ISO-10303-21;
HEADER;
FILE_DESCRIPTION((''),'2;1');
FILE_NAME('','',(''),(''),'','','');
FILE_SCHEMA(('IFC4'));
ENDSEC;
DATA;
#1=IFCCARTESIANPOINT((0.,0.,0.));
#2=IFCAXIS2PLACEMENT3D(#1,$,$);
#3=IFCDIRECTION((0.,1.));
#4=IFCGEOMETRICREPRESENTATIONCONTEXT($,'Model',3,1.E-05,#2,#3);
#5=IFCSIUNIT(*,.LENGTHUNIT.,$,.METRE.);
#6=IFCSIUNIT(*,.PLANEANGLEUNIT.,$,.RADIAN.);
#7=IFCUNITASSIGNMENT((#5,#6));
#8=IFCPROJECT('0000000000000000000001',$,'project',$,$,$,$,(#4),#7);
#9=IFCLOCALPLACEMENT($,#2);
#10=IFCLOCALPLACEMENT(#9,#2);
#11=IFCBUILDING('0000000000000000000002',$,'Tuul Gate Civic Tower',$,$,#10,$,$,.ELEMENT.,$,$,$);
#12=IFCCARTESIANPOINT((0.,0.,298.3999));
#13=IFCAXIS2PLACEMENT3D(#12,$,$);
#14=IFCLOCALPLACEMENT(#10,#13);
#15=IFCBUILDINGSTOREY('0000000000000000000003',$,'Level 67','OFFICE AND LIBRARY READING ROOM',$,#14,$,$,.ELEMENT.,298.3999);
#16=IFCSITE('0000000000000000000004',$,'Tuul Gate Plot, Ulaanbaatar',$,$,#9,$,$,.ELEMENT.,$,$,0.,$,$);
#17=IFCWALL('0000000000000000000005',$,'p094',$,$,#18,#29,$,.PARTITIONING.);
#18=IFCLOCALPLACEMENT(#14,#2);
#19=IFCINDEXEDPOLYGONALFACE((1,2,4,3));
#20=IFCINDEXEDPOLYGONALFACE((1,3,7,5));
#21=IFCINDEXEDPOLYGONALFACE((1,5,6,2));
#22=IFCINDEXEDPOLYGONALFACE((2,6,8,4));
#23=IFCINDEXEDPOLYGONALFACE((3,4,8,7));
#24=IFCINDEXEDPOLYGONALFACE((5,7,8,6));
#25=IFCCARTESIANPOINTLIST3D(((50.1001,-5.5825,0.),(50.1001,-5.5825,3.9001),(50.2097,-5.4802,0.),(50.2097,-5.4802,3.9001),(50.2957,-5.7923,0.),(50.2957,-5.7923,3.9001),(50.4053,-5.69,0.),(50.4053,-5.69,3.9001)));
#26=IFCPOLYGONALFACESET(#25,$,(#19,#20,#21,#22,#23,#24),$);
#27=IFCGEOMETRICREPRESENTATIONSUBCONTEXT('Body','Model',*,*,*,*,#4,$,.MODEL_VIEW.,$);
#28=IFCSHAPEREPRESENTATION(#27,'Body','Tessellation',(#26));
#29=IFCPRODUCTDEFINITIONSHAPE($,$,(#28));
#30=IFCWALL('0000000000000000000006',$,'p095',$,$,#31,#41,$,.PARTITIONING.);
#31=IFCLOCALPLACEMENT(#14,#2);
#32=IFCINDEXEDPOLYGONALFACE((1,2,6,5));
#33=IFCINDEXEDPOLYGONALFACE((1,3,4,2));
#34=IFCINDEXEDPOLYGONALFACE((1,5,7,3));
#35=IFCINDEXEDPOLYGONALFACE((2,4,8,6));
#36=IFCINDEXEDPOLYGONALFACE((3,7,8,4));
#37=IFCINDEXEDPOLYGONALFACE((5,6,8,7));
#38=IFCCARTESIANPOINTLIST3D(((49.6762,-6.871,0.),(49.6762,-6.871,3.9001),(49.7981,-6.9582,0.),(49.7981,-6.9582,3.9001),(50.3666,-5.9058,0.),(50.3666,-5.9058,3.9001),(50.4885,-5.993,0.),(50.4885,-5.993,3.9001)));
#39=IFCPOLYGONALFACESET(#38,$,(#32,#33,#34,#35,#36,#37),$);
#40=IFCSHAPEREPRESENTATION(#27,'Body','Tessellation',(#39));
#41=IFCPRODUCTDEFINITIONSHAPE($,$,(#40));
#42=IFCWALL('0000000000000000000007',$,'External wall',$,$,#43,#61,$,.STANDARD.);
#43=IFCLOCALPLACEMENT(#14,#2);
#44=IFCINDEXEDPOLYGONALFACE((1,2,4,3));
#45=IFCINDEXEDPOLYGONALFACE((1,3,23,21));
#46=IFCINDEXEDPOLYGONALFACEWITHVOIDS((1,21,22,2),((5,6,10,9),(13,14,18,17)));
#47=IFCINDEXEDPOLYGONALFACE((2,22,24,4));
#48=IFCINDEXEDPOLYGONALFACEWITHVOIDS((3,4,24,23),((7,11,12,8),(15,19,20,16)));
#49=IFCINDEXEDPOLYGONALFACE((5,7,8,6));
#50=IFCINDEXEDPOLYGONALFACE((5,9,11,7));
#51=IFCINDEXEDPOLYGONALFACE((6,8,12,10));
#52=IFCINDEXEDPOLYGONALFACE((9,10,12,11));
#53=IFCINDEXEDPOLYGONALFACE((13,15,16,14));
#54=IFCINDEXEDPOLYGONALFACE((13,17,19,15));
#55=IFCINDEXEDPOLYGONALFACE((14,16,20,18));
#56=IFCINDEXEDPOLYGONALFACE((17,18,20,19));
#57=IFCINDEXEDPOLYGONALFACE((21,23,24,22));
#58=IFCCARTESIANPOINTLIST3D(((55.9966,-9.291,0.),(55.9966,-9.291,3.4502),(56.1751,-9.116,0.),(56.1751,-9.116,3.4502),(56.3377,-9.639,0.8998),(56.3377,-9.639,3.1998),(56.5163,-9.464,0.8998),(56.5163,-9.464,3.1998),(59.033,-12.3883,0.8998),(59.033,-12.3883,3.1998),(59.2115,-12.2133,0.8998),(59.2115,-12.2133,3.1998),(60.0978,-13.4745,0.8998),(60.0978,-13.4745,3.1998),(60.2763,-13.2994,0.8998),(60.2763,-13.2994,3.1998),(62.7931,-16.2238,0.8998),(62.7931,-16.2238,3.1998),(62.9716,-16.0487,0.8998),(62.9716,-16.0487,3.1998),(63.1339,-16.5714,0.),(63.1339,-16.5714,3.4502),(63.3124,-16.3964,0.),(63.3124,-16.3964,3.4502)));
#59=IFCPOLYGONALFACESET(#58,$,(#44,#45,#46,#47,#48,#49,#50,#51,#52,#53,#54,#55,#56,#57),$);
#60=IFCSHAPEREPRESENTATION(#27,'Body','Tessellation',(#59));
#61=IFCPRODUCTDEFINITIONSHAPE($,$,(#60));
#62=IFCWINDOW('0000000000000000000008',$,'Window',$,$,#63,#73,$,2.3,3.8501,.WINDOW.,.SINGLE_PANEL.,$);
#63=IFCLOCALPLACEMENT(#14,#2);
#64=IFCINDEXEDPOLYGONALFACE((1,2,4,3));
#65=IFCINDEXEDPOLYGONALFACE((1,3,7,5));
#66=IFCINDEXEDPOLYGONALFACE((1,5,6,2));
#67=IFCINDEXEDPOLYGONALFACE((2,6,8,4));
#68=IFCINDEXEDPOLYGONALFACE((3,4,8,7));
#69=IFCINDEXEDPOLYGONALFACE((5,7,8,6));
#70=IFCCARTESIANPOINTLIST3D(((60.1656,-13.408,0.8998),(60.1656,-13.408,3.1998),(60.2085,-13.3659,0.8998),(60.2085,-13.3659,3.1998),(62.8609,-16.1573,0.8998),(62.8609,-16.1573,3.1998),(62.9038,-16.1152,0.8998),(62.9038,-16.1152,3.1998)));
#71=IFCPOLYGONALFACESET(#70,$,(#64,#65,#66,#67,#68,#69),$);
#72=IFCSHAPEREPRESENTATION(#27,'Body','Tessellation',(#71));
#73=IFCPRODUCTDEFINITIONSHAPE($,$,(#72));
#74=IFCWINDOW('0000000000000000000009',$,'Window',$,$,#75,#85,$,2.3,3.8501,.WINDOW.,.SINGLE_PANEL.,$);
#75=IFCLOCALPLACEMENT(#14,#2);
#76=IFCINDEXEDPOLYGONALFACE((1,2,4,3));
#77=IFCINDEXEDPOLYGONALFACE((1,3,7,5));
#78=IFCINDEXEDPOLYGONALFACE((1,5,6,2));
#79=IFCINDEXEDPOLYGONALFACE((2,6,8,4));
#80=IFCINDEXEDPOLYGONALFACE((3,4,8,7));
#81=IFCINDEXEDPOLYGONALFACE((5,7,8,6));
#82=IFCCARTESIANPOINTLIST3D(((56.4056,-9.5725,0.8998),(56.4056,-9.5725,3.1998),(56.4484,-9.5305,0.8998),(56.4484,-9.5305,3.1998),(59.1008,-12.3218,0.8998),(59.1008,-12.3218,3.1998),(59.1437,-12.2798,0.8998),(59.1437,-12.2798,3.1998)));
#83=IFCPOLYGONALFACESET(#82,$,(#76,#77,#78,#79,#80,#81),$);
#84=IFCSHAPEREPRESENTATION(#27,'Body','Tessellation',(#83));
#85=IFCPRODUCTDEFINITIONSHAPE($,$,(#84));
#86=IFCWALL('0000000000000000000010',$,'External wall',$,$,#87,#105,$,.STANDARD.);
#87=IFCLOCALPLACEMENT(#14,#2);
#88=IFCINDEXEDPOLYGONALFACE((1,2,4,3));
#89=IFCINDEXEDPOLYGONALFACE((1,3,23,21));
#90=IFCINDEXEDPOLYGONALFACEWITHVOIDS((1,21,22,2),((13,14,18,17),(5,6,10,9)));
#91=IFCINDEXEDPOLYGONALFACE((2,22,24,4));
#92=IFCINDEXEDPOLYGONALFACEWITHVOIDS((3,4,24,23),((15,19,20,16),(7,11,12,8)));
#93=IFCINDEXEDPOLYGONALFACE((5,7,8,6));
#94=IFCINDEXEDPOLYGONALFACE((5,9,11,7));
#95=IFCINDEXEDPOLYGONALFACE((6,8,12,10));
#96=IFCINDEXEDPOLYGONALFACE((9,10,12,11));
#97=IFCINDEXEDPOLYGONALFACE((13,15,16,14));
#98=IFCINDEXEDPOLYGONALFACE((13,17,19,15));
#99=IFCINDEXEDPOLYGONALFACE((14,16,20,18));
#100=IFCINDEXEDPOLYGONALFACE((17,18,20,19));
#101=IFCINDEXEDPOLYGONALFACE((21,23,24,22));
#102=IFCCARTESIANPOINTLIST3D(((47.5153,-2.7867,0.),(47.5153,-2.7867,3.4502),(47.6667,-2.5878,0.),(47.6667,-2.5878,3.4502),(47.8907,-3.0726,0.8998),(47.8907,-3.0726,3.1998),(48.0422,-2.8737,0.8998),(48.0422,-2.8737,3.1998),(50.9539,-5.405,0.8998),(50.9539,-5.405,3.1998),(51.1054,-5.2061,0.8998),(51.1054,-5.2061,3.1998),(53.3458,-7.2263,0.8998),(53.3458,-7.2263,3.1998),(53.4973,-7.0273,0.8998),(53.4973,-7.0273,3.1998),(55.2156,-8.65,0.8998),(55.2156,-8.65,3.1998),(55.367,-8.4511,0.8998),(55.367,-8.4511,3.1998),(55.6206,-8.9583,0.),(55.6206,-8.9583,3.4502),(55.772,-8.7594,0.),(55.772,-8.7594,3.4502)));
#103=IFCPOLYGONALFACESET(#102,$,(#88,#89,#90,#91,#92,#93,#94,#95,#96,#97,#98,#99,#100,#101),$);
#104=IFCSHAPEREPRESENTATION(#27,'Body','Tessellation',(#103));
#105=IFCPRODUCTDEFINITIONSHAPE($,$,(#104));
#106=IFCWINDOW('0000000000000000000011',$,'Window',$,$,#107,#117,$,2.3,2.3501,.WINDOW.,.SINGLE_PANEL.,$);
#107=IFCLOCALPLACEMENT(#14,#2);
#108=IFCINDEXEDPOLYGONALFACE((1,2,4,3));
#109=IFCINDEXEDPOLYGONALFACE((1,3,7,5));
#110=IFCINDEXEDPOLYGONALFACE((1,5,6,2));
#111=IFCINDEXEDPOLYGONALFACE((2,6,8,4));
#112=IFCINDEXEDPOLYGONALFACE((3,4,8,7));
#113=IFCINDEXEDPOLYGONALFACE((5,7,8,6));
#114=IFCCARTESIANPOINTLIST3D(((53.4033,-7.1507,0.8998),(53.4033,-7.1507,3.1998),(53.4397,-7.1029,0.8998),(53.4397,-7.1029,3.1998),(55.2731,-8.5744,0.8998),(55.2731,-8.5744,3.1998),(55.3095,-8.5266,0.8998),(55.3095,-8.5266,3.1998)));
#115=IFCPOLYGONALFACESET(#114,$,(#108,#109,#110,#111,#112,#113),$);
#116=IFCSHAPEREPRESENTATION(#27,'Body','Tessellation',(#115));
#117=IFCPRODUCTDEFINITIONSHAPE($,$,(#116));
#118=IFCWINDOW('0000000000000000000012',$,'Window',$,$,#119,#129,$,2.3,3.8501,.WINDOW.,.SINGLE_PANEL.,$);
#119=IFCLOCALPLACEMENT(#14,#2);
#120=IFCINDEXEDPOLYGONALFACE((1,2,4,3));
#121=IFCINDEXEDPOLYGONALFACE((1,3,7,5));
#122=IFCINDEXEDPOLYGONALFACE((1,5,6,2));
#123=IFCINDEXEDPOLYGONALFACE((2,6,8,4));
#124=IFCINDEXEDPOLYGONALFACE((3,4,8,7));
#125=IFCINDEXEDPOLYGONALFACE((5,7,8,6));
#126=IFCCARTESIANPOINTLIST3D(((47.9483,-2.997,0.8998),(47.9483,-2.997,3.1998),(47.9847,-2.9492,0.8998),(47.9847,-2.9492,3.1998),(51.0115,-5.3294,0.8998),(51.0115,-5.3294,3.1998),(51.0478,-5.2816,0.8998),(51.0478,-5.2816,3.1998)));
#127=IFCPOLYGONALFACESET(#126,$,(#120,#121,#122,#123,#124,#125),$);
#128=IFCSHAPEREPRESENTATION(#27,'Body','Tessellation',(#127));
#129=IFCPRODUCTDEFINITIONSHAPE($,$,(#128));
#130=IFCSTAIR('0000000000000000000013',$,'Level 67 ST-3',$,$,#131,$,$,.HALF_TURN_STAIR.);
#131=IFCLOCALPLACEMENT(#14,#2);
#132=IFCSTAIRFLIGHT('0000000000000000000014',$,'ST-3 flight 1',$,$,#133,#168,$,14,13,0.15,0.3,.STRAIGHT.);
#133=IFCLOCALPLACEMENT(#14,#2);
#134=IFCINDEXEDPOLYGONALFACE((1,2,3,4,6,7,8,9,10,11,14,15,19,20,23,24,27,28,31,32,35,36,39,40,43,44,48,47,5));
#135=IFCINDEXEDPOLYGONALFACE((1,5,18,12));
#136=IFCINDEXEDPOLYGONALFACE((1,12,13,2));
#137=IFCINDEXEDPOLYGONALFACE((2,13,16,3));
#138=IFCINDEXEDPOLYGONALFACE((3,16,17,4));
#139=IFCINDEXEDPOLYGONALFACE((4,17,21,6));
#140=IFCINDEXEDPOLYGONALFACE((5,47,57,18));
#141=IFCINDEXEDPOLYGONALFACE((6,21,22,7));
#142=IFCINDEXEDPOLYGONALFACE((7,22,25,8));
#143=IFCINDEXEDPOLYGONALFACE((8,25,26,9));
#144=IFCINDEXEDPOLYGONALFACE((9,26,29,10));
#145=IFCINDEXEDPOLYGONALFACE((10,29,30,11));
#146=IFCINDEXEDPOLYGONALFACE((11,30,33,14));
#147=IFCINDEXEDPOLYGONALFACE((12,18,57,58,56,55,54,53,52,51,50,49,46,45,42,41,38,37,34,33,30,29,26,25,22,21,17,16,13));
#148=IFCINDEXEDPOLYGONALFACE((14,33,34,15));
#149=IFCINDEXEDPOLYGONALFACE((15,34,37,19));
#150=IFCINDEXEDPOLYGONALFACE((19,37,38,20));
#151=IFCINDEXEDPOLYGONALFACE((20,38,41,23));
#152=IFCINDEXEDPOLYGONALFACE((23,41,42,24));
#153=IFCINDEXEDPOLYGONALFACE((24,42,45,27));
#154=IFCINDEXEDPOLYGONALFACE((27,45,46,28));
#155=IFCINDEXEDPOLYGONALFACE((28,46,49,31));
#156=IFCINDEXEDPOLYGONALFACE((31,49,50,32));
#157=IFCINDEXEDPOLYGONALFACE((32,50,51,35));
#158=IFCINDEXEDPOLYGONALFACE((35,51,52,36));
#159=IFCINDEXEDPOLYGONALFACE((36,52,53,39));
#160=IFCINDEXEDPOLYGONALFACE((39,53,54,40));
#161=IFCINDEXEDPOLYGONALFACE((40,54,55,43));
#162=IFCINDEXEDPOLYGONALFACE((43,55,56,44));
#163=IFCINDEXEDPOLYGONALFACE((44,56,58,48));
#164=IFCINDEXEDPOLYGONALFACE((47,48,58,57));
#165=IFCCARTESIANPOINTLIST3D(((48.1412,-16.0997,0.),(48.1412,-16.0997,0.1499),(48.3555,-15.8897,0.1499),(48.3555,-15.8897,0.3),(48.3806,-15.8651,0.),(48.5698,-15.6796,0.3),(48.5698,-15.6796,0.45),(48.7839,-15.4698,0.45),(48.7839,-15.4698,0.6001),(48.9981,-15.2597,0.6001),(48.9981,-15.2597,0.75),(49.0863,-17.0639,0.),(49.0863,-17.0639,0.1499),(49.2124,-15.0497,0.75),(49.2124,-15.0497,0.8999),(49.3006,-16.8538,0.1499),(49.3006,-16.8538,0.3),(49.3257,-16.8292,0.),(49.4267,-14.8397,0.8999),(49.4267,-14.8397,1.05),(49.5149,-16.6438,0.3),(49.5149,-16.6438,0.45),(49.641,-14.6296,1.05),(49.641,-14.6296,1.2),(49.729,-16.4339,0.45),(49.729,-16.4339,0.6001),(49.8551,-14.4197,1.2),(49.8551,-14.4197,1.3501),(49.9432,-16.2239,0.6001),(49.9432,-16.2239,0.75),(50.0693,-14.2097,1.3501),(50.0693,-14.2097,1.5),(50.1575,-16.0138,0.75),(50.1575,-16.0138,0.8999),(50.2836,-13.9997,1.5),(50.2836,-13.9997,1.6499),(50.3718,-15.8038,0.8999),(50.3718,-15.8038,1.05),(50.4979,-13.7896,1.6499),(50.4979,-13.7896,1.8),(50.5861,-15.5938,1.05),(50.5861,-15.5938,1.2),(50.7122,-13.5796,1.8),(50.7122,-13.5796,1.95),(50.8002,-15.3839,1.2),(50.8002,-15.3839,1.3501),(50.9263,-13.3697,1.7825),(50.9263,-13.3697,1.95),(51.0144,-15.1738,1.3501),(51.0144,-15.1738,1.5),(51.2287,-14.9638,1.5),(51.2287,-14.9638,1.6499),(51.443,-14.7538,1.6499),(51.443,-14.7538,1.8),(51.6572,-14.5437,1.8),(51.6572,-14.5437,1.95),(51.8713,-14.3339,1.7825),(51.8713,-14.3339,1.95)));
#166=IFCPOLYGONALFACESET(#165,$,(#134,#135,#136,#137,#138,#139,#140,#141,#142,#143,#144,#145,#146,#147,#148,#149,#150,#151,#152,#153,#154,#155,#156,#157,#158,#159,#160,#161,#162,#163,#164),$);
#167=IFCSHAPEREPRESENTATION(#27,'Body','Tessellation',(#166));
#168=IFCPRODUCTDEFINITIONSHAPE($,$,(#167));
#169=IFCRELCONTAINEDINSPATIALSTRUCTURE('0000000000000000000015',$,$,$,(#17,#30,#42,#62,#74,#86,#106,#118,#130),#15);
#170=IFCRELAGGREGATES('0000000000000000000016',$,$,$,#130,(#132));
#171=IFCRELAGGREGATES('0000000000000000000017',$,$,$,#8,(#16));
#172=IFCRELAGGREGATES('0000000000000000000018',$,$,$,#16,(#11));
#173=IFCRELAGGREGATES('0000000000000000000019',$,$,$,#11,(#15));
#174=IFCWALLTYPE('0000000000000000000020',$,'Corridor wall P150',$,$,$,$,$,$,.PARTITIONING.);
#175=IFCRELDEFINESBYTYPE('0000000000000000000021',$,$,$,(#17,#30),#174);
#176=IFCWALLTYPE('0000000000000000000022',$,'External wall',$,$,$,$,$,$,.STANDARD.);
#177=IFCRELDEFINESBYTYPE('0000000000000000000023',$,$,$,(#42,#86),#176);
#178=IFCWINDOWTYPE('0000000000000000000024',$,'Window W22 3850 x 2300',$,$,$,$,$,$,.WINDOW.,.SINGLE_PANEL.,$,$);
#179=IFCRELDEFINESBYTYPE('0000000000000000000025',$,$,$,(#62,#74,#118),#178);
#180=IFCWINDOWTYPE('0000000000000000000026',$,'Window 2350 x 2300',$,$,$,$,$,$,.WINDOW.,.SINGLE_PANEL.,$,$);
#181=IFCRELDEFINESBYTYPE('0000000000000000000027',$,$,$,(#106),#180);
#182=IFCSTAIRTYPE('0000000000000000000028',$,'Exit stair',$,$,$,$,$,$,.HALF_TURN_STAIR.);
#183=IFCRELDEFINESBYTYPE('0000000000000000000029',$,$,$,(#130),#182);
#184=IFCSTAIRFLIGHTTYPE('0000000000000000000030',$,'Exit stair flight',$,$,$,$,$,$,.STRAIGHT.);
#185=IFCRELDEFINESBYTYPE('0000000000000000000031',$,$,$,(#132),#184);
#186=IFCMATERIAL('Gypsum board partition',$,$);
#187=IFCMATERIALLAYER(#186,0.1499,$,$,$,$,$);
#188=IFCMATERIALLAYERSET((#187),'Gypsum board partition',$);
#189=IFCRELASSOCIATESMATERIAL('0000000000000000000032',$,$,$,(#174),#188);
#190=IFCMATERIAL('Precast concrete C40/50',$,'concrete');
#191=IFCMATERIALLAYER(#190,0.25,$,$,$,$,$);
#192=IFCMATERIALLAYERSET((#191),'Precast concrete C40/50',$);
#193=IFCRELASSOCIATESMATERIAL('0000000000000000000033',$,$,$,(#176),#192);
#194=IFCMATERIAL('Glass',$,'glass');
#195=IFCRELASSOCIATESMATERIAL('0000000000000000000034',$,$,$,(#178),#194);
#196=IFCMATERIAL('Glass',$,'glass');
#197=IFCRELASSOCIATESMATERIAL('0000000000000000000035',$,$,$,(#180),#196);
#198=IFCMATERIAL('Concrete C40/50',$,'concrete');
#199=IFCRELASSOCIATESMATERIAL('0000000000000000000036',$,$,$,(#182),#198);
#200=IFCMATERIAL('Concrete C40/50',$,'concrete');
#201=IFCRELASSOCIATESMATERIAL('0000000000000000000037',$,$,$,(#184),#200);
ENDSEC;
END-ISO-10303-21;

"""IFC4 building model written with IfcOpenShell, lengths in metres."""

from ifc_helpers import new_model, si_unit, direction, frame, frame_2d, origin, place, context, subcontext, project, spatial, polyline, rectangle, outline, extrude, material, layer, layer_set, type_object, element, fill, aggregate, save


model = new_model("IFC4")

# Units and contexts
model_context = context("Model", 3, precision=1e-05, world=origin(), true_north=direction((0.0, 1.0)))
body_context = subcontext(model_context, "Body", "Model", "MODEL_VIEW")
ifc_project = project(units=[si_unit("LENGTHUNIT", "METRE"), si_unit("PLANEANGLEUNIT", "RADIAN")], contexts=[model_context])

# Site, building, storey
site_placement = place(None, origin())
site = spatial("IfcSite", under=ifc_project, at=site_placement, Name="Tuul Gate Plot, Ulaanbaatar", CompositionType="ELEMENT", RefElevation=0.0)
building_placement = place(site_placement, origin())
building = spatial("IfcBuilding", under=site, at=building_placement, Name="Tuul Gate Civic Tower", CompositionType="ELEMENT")
storey_placement = place(building_placement, frame((0.0, 0.0, 298.3999)))
storey = spatial("IfcBuildingStorey", under=building, at=storey_placement, Name="Level 67", Description="OFFICE AND LIBRARY READING ROOM", CompositionType="ELEMENT", Elevation=298.3999)

# Walls
ifc_material_1 = material(Name="Gypsum board partition")
ifc_layer_1 = layer(ifc_material_1, 0.1499)
ifc_layer_set_1 = layer_set([ifc_layer_1], Name="Gypsum board partition")
wall_type_1 = type_object("IfcWallType", Name="Corridor wall P150", PredefinedType="PARTITIONING", material=ifc_layer_set_1)
wall_1_placement = place(storey_placement, frame((50.1548, -5.5312, 0.0), z_axis=(0.0, 0.0, 1.0), x_axis=(0.681984, -0.731367, 0.0)))
element("IfcWall", 1, at=wall_1_placement, inside=storey, type_object=wall_type_1, Name="p094", PredefinedType="PARTITIONING", context=body_context, shape_type="SweptSolid", body=[
    extrude(rectangle(XDim=0.2869, YDim=0.1499, at=frame_2d((0.1436, 0.0))), origin(), (0.0, 0.0, 1.0), 3.9001),
])
wall_2_placement = place(storey_placement, frame((50.4275, -5.9495, 0.0), z_axis=(0.0, 0.0, 1.0), x_axis=(-0.581744, -0.813372, 0.0)))
element("IfcWall", 2, at=wall_2_placement, inside=storey, type_object=wall_type_1, Name="p095", PredefinedType="PARTITIONING", context=body_context, shape_type="SweptSolid", body=[
    extrude(rectangle(XDim=1.1868, YDim=0.1499, at=frame_2d((0.5933, 0.0))), origin(), (0.0, 0.0, 1.0), 3.9001),
])

# Walls, openings, windows
ifc_material_2 = material(Name="Precast concrete C40/50", Category="concrete")
ifc_layer_2 = layer(ifc_material_2, 0.25)
ifc_layer_set_2 = layer_set([ifc_layer_2], Name="Precast concrete C40/50")
wall_type_2 = type_object("IfcWallType", Name="External wall", PredefinedType="STANDARD", material=ifc_layer_set_2)
wall_3_placement = place(storey_placement, frame((63.2231, -16.4839, 0.0), z_axis=(0.0, 0.0, 1.0), x_axis=(-0.700056, 0.714088, 0.0)))
wall_3 = element("IfcWall", 3, at=wall_3_placement, inside=storey, type_object=wall_type_2, Name="External wall", PredefinedType="STANDARD", context=body_context, shape_type="SweptSolid", body=[
    extrude(rectangle(XDim=10.1953, YDim=0.25, at=frame_2d((5.0977, 0.0))), origin(), (0.0, 0.0, 1.0), 3.4502),
])
opening_1_placement = place(wall_3_placement, frame((0.4868, 0.0, 0.8999)))
opening_1 = element("IfcOpeningElement", 4, at=opening_1_placement, cuts=wall_3, PredefinedType="OPENING", context=body_context, shape_type="SweptSolid", body=[
    extrude(rectangle(XDim=3.8501, YDim=2.3, at=frame_2d((1.925, 1.1499))), frame((0.0, 0.135, 0.0), z_axis=(0.0, -1.0, 0.0), x_axis=(1.0, 0.0, 0.0)), (0.0, 0.0, 1.0), 0.27),
])
opening_2_placement = place(wall_3_placement, frame((5.8579, 0.0, 0.8999)))
opening_2 = element("IfcOpeningElement", 5, at=opening_2_placement, cuts=wall_3, PredefinedType="OPENING", context=body_context, shape_type="SweptSolid", body=[
    extrude(rectangle(XDim=3.8501, YDim=2.3, at=frame_2d((1.925, 1.1499))), frame((0.0, 0.135, 0.0), z_axis=(0.0, -1.0, 0.0), x_axis=(1.0, 0.0, 0.0)), (0.0, 0.0, 1.0), 0.27),
])
ifc_material_3 = material(Name="Glass", Category="glass")
window_type_1 = type_object("IfcWindowType", Name="Window W22 3850 x 2300", PartitioningType="SINGLE_PANEL", PredefinedType="WINDOW", material=ifc_material_3)
window_1_placement = place(opening_1_placement, origin())
window_1 = element("IfcWindow", 6, at=window_1_placement, inside=storey, type_object=window_type_1, Name="Window", OverallHeight=2.3, OverallWidth=3.8501, PartitioningType="SINGLE_PANEL", PredefinedType="WINDOW", context=body_context, shape_type="SweptSolid", body=[
    extrude(rectangle(XDim=3.8501, YDim=2.3, at=frame_2d((1.925, 1.1499))), frame((0.0, 0.03, 0.0), z_axis=(0.0, -1.0, 0.0), x_axis=(1.0, 0.0, 0.0)), (0.0, 0.0, 1.0), 0.0601),
])
fill(opening_1, window_1)
window_2_placement = place(opening_2_placement, origin())
window_2 = element("IfcWindow", 7, at=window_2_placement, inside=storey, type_object=window_type_1, Name="Window", OverallHeight=2.3, OverallWidth=3.8501, PartitioningType="SINGLE_PANEL", PredefinedType="WINDOW", context=body_context, shape_type="SweptSolid", body=[
    extrude(rectangle(XDim=3.8501, YDim=2.3, at=frame_2d((1.925, 1.1499))), frame((0.0, 0.03, 0.0), z_axis=(0.0, -1.0, 0.0), x_axis=(1.0, 0.0, 0.0)), (0.0, 0.0, 1.0), 0.0601),
])
fill(opening_2, window_2)
wall_4_placement = place(storey_placement, frame((55.6963, -8.8589, 0.0), z_axis=(0.0, 0.0, 1.0), x_axis=(-0.79561, 0.605809, 0.0)))
wall_4 = element("IfcWall", 8, at=wall_4_placement, inside=storey, type_object=wall_type_2, Name="External wall", PredefinedType="STANDARD", context=body_context, shape_type="SweptSolid", body=[
    extrude(rectangle(XDim=10.1875, YDim=0.25, at=frame_2d((5.0938, 0.0))), origin(), (0.0, 0.0, 1.0), 3.4502),
])
opening_3_placement = place(wall_4_placement, frame((5.8655, 0.0, 0.8999)))
opening_3 = element("IfcOpeningElement", 9, at=opening_3_placement, cuts=wall_4, PredefinedType="OPENING", context=body_context, shape_type="SweptSolid", body=[
    extrude(rectangle(XDim=3.8501, YDim=2.3, at=frame_2d((1.925, 1.1499))), frame((0.0, 0.135, 0.0), z_axis=(0.0, -1.0, 0.0), x_axis=(1.0, 0.0, 0.0)), (0.0, 0.0, 1.0), 0.27),
])
opening_4_placement = place(wall_4_placement, frame((0.509, 0.0, 0.8999)))
opening_4 = element("IfcOpeningElement", 10, at=opening_4_placement, cuts=wall_4, PredefinedType="OPENING", context=body_context, shape_type="SweptSolid", body=[
    extrude(rectangle(XDim=2.3501, YDim=2.3, at=frame_2d((1.175, 1.1499))), frame((0.0, 0.135, 0.0), z_axis=(0.0, -1.0, 0.0), x_axis=(1.0, 0.0, 0.0)), (0.0, 0.0, 1.0), 0.27),
])
ifc_material_4 = material(Name="Glass", Category="glass")
window_type_2 = type_object("IfcWindowType", Name="Window 2350 x 2300", PartitioningType="SINGLE_PANEL", PredefinedType="WINDOW", material=ifc_material_4)
window_3_placement = place(opening_4_placement, origin())
window_3 = element("IfcWindow", 11, at=window_3_placement, inside=storey, type_object=window_type_2, Name="Window", OverallHeight=2.3, OverallWidth=2.3501, PartitioningType="SINGLE_PANEL", PredefinedType="WINDOW", context=body_context, shape_type="SweptSolid", body=[
    extrude(rectangle(XDim=2.3501, YDim=2.3, at=frame_2d((1.175, 1.1499))), frame((0.0, 0.03, 0.0), z_axis=(0.0, -1.0, 0.0), x_axis=(1.0, 0.0, 0.0)), (0.0, 0.0, 1.0), 0.0601),
])
fill(opening_4, window_3)
window_4_placement = place(opening_3_placement, origin())
window_4 = element("IfcWindow", 12, at=window_4_placement, inside=storey, type_object=window_type_1, Name="Window", OverallHeight=2.3, OverallWidth=3.8501, PartitioningType="SINGLE_PANEL", PredefinedType="WINDOW", context=body_context, shape_type="SweptSolid", body=[
    extrude(rectangle(XDim=3.8501, YDim=2.3, at=frame_2d((1.925, 1.1499))), frame((0.0, 0.03, 0.0), z_axis=(0.0, -1.0, 0.0), x_axis=(1.0, 0.0, 0.0)), (0.0, 0.0, 1.0), 0.0601),
])
fill(opening_3, window_4)

# Stair, stair flight
ifc_material_5 = material(Name="Concrete C40/50", Category="concrete")
stair_type = type_object("IfcStairType", Name="Exit stair", PredefinedType="HALF_TURN_STAIR", material=ifc_material_5)
stair_placement = place(storey_placement, origin())
stair = element("IfcStair", 13, at=stair_placement, inside=storey, type_object=stair_type, Name="Level 67 ST-3", PredefinedType="HALF_TURN_STAIR")
ifc_material_6 = material(Name="Concrete C40/50", Category="concrete")
stair_flight_type = type_object("IfcStairFlightType", Name="Exit stair flight", PredefinedType="STRAIGHT", material=ifc_material_6)
stair_flight_1_placement = place(storey_placement, frame((48.6138, -16.5818, 0.0), z_axis=(0.0, 0.0, 1.0), x_axis=(0.714127, 0.700016, 0.0)))
stair_flight_1 = element("IfcStairFlight", 14, at=stair_flight_1_placement, type_object=stair_flight_type, Name="ST-3 flight 1", NumberOfRisers=14, NumberOfTreads=13, PredefinedType="STRAIGHT", RiserHeight=0.15, TreadLength=0.3, context=body_context, shape_type="SweptSolid", body=[
    extrude(outline(polyline([(0.0, 0.0), (0.0, 0.1499), (0.3, 0.1499), (0.3, 0.3), (0.6001, 0.3), (0.6001, 0.45), (0.8999, 0.45), (0.8999, 0.6001), (1.2, 0.6001), (1.2, 0.75), (1.5, 0.75), (1.5, 0.8999), (1.8, 0.8999), (1.8, 1.05), (2.1001, 1.05), (2.1001, 1.2), (2.3999, 1.2), (2.3999, 1.3501), (2.7, 1.3501), (2.7, 1.5), (3.0, 1.5), (3.0, 1.6499), (3.3, 1.6499), (3.3, 1.8), (3.6001, 1.8), (3.6001, 1.95), (3.8999, 1.95), (3.8999, 2.1001), (3.8999, 1.7825), (0.3352, 0.0), (0.0, 0.0)])), frame((0.0, 0.675, 0.0), z_axis=(0.0, -1.0, 0.0), x_axis=(1.0, 0.0, 0.0)), (0.0, 0.0, 1.0), 1.3501),
])
aggregate(stair, [stair_flight_1])

save(model, "model.ifc")
